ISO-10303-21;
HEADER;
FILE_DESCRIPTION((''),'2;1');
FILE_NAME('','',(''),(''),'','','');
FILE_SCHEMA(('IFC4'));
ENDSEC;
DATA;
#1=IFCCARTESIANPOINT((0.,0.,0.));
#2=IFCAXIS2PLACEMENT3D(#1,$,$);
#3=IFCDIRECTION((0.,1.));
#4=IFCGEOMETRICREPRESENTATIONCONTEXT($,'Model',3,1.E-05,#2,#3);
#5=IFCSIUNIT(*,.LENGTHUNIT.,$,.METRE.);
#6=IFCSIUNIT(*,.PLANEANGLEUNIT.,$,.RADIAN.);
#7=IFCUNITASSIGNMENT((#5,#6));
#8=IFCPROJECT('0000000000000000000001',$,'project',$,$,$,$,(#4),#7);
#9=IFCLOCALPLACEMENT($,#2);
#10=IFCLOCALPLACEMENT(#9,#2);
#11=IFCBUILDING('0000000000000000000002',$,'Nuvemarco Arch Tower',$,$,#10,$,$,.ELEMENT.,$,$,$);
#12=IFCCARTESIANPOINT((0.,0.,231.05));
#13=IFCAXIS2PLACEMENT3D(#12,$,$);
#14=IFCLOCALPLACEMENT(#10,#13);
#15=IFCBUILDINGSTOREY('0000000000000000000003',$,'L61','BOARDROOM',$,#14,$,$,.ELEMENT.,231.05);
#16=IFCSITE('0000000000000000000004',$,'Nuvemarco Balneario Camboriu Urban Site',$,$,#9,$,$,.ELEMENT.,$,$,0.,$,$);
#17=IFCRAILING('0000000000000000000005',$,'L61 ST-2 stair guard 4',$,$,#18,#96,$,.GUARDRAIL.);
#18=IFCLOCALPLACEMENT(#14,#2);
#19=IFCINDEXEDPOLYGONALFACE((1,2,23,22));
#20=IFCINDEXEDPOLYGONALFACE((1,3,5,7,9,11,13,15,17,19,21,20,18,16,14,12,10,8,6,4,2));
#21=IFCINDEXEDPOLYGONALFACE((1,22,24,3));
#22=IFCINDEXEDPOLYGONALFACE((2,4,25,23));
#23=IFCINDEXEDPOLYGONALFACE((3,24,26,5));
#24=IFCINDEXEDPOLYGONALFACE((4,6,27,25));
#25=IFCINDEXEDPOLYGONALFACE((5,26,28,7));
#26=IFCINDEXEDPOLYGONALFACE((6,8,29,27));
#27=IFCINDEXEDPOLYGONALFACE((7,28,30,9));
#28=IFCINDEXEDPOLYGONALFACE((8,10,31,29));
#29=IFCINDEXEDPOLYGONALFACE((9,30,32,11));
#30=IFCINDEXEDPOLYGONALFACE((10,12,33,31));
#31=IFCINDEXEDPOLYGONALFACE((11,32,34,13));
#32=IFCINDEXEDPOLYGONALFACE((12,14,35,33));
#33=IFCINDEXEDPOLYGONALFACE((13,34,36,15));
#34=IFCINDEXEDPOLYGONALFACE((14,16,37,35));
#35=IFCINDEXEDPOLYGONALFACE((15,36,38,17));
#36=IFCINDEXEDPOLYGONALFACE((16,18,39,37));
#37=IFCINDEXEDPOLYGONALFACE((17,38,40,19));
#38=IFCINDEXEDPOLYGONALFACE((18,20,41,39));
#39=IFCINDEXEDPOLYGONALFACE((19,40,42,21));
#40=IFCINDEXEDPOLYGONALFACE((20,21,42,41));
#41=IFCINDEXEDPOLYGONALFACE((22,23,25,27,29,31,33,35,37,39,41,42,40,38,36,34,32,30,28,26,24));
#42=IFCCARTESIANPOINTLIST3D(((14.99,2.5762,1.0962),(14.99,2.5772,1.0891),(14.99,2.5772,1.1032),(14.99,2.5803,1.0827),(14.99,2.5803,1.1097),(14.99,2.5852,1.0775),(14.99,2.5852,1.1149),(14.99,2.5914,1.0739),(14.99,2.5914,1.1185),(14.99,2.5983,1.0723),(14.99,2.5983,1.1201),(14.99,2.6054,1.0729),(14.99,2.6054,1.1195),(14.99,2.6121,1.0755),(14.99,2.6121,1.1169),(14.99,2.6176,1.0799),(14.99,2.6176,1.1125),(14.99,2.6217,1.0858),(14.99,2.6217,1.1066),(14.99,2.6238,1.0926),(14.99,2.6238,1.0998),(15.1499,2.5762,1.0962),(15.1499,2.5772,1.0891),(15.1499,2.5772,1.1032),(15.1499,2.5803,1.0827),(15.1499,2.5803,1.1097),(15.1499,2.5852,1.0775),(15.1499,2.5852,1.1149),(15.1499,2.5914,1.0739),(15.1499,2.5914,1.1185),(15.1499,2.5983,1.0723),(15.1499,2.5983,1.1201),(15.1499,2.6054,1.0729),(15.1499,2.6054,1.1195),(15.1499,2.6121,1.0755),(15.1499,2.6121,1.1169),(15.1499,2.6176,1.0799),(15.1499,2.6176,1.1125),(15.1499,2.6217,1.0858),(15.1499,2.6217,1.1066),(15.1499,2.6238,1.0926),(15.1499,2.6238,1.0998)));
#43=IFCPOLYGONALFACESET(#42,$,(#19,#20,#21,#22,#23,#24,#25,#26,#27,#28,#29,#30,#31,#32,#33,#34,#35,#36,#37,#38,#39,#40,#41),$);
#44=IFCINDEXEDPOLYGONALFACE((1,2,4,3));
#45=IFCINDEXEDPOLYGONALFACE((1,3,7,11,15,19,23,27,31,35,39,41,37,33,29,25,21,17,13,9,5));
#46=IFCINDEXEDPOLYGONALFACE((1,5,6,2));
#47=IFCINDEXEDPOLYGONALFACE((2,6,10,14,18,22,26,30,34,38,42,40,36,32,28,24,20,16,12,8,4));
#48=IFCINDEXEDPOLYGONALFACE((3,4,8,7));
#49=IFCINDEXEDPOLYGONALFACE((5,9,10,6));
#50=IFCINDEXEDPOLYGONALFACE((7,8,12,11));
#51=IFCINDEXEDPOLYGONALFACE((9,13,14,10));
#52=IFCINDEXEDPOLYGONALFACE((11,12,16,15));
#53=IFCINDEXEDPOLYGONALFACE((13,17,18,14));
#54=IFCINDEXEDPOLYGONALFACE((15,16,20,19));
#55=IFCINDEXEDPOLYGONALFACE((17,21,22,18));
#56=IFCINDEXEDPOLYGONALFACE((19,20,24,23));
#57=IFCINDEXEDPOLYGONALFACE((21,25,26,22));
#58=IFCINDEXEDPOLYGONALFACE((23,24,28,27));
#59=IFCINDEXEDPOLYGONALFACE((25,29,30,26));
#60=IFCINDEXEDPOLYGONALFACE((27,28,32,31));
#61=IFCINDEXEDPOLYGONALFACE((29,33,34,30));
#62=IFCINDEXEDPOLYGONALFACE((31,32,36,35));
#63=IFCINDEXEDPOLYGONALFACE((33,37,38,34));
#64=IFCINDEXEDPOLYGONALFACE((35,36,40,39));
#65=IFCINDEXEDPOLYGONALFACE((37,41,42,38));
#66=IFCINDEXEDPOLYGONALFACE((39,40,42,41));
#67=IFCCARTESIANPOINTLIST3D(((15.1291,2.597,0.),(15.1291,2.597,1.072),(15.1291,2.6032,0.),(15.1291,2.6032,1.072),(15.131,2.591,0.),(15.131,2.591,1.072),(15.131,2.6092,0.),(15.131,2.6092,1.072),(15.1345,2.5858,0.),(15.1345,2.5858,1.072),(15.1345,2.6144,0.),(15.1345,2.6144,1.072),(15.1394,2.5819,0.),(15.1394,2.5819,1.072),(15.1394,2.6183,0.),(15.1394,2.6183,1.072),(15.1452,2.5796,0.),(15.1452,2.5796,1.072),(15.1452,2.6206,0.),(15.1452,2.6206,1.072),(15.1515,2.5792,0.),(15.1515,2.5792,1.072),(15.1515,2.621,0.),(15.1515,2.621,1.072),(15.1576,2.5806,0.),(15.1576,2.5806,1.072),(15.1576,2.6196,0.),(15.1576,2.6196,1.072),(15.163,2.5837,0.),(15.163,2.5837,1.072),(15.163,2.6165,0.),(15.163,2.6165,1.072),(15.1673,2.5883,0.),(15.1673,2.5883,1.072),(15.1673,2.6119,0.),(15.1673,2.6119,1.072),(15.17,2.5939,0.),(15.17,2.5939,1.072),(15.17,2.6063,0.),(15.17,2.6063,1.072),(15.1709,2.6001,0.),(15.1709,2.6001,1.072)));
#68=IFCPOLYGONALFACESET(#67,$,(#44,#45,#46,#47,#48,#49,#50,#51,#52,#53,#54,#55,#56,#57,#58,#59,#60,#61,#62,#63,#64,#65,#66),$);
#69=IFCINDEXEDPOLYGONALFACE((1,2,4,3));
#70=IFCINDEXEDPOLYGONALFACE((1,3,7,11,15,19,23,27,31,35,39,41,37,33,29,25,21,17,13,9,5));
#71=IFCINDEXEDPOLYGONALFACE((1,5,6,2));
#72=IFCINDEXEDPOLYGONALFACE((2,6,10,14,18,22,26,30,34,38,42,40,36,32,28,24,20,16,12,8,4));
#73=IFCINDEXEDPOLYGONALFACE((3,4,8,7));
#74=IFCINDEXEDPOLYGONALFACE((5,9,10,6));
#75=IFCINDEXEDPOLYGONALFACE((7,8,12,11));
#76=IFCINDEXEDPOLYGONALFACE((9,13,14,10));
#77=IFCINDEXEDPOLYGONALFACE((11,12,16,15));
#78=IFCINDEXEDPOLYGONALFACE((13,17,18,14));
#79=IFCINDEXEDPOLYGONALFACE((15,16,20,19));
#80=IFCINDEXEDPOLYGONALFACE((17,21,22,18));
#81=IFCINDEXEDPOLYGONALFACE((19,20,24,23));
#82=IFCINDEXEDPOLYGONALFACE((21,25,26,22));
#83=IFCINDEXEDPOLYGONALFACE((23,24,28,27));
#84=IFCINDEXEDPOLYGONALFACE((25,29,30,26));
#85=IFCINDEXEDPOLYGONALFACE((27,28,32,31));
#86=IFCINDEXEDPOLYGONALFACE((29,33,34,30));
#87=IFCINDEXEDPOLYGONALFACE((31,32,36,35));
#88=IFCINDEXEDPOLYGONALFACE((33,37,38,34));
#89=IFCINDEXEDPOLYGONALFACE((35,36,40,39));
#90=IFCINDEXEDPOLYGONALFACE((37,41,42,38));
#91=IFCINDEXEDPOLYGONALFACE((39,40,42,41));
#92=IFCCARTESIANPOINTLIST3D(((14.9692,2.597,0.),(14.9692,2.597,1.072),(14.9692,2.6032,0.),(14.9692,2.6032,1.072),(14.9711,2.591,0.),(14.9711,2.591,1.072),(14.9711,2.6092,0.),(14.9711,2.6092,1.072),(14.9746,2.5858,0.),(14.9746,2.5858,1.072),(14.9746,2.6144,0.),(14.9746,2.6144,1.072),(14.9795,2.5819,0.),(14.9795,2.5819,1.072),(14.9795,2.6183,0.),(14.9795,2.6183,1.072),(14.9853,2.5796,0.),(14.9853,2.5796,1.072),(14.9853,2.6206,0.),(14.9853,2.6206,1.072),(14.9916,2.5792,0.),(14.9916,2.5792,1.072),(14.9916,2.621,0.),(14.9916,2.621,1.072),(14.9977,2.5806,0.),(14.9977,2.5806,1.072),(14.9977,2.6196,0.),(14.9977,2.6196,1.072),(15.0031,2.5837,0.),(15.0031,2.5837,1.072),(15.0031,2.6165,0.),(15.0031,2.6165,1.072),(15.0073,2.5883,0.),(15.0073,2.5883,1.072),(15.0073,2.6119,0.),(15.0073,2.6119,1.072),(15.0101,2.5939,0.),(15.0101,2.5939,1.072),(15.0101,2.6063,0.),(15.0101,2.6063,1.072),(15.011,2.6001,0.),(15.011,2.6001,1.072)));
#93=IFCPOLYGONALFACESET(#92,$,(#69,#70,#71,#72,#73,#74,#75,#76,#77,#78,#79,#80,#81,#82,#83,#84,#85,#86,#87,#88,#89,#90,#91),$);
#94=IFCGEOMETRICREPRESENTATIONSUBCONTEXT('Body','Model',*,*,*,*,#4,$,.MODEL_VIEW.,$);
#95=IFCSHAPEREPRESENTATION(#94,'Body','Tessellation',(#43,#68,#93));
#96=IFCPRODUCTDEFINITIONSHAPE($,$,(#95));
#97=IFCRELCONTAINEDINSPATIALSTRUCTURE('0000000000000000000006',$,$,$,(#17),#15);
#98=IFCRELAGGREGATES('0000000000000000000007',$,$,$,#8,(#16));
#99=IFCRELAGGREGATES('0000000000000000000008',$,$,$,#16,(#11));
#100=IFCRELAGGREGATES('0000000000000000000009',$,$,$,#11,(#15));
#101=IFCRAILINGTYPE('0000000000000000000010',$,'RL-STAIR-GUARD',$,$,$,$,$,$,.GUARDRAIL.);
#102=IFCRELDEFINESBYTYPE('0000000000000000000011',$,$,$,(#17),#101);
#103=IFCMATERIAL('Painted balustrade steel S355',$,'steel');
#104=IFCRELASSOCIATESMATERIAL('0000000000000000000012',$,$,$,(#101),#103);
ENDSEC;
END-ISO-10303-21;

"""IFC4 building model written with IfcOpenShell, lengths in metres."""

from ifc_helpers import new_model, si_unit, direction, frame, origin, origin_2d, place, context, subcontext, project, spatial, circle, extrude, material, type_object, element, save


model = new_model("IFC4")

# Units and contexts
model_context = context("Model", 3, precision=1e-05, world=origin(), true_north=direction((0.0, 1.0)))
body_context = subcontext(model_context, "Body", "Model", "MODEL_VIEW")
ifc_project = project(units=[si_unit("LENGTHUNIT", "METRE"), si_unit("PLANEANGLEUNIT", "RADIAN")], contexts=[model_context])

# Site, building, storey
site_placement = place(None, origin())
site = spatial("IfcSite", under=ifc_project, at=site_placement, Name="Nuvemarco Balneario Camboriu Urban Site", CompositionType="ELEMENT", RefElevation=0.0)
building_placement = place(site_placement, origin())
building = spatial("IfcBuilding", under=site, at=building_placement, Name="Nuvemarco Arch Tower", CompositionType="ELEMENT")
storey_placement = place(building_placement, frame((0.0, 0.0, 231.05)))
storey = spatial("IfcBuildingStorey", under=building, at=storey_placement, Name="L61", Description="BOARDROOM", CompositionType="ELEMENT", Elevation=231.05)

# Railing
ifc_material_1 = material(Name="Painted balustrade steel S355", Category="steel")
railing_type_1 = type_object("IfcRailingType", Name="RL-STAIR-GUARD", PredefinedType="GUARDRAIL", material=ifc_material_1)
railing_1_placement = place(storey_placement, frame((15.1499, 2.6001, 0.0)))
element("IfcRailing", 1, at=railing_1_placement, inside=storey, type_object=railing_type_1, Name="L61 ST-2 stair guard 4", PredefinedType="GUARDRAIL", context=body_context, shape_type="SweptSolid", body=[
    extrude(circle(Radius=0.0239, at=origin_2d()), frame((0.0, 0.0, 1.0962), z_axis=(-1.0, 0.0, 0.0), x_axis=(0.0, -1.0, 0.0)), (0.0, 0.0, 1.0), 0.1599),
    extrude(circle(Radius=0.021, at=origin_2d()), origin(), (0.0, 0.0, 1.0), 1.072),
    extrude(circle(Radius=0.021, at=origin_2d()), frame((-0.1599, 0.0, 0.0)), (0.0, 0.0, 1.0), 1.072),
])

save(model, "model.ifc")
